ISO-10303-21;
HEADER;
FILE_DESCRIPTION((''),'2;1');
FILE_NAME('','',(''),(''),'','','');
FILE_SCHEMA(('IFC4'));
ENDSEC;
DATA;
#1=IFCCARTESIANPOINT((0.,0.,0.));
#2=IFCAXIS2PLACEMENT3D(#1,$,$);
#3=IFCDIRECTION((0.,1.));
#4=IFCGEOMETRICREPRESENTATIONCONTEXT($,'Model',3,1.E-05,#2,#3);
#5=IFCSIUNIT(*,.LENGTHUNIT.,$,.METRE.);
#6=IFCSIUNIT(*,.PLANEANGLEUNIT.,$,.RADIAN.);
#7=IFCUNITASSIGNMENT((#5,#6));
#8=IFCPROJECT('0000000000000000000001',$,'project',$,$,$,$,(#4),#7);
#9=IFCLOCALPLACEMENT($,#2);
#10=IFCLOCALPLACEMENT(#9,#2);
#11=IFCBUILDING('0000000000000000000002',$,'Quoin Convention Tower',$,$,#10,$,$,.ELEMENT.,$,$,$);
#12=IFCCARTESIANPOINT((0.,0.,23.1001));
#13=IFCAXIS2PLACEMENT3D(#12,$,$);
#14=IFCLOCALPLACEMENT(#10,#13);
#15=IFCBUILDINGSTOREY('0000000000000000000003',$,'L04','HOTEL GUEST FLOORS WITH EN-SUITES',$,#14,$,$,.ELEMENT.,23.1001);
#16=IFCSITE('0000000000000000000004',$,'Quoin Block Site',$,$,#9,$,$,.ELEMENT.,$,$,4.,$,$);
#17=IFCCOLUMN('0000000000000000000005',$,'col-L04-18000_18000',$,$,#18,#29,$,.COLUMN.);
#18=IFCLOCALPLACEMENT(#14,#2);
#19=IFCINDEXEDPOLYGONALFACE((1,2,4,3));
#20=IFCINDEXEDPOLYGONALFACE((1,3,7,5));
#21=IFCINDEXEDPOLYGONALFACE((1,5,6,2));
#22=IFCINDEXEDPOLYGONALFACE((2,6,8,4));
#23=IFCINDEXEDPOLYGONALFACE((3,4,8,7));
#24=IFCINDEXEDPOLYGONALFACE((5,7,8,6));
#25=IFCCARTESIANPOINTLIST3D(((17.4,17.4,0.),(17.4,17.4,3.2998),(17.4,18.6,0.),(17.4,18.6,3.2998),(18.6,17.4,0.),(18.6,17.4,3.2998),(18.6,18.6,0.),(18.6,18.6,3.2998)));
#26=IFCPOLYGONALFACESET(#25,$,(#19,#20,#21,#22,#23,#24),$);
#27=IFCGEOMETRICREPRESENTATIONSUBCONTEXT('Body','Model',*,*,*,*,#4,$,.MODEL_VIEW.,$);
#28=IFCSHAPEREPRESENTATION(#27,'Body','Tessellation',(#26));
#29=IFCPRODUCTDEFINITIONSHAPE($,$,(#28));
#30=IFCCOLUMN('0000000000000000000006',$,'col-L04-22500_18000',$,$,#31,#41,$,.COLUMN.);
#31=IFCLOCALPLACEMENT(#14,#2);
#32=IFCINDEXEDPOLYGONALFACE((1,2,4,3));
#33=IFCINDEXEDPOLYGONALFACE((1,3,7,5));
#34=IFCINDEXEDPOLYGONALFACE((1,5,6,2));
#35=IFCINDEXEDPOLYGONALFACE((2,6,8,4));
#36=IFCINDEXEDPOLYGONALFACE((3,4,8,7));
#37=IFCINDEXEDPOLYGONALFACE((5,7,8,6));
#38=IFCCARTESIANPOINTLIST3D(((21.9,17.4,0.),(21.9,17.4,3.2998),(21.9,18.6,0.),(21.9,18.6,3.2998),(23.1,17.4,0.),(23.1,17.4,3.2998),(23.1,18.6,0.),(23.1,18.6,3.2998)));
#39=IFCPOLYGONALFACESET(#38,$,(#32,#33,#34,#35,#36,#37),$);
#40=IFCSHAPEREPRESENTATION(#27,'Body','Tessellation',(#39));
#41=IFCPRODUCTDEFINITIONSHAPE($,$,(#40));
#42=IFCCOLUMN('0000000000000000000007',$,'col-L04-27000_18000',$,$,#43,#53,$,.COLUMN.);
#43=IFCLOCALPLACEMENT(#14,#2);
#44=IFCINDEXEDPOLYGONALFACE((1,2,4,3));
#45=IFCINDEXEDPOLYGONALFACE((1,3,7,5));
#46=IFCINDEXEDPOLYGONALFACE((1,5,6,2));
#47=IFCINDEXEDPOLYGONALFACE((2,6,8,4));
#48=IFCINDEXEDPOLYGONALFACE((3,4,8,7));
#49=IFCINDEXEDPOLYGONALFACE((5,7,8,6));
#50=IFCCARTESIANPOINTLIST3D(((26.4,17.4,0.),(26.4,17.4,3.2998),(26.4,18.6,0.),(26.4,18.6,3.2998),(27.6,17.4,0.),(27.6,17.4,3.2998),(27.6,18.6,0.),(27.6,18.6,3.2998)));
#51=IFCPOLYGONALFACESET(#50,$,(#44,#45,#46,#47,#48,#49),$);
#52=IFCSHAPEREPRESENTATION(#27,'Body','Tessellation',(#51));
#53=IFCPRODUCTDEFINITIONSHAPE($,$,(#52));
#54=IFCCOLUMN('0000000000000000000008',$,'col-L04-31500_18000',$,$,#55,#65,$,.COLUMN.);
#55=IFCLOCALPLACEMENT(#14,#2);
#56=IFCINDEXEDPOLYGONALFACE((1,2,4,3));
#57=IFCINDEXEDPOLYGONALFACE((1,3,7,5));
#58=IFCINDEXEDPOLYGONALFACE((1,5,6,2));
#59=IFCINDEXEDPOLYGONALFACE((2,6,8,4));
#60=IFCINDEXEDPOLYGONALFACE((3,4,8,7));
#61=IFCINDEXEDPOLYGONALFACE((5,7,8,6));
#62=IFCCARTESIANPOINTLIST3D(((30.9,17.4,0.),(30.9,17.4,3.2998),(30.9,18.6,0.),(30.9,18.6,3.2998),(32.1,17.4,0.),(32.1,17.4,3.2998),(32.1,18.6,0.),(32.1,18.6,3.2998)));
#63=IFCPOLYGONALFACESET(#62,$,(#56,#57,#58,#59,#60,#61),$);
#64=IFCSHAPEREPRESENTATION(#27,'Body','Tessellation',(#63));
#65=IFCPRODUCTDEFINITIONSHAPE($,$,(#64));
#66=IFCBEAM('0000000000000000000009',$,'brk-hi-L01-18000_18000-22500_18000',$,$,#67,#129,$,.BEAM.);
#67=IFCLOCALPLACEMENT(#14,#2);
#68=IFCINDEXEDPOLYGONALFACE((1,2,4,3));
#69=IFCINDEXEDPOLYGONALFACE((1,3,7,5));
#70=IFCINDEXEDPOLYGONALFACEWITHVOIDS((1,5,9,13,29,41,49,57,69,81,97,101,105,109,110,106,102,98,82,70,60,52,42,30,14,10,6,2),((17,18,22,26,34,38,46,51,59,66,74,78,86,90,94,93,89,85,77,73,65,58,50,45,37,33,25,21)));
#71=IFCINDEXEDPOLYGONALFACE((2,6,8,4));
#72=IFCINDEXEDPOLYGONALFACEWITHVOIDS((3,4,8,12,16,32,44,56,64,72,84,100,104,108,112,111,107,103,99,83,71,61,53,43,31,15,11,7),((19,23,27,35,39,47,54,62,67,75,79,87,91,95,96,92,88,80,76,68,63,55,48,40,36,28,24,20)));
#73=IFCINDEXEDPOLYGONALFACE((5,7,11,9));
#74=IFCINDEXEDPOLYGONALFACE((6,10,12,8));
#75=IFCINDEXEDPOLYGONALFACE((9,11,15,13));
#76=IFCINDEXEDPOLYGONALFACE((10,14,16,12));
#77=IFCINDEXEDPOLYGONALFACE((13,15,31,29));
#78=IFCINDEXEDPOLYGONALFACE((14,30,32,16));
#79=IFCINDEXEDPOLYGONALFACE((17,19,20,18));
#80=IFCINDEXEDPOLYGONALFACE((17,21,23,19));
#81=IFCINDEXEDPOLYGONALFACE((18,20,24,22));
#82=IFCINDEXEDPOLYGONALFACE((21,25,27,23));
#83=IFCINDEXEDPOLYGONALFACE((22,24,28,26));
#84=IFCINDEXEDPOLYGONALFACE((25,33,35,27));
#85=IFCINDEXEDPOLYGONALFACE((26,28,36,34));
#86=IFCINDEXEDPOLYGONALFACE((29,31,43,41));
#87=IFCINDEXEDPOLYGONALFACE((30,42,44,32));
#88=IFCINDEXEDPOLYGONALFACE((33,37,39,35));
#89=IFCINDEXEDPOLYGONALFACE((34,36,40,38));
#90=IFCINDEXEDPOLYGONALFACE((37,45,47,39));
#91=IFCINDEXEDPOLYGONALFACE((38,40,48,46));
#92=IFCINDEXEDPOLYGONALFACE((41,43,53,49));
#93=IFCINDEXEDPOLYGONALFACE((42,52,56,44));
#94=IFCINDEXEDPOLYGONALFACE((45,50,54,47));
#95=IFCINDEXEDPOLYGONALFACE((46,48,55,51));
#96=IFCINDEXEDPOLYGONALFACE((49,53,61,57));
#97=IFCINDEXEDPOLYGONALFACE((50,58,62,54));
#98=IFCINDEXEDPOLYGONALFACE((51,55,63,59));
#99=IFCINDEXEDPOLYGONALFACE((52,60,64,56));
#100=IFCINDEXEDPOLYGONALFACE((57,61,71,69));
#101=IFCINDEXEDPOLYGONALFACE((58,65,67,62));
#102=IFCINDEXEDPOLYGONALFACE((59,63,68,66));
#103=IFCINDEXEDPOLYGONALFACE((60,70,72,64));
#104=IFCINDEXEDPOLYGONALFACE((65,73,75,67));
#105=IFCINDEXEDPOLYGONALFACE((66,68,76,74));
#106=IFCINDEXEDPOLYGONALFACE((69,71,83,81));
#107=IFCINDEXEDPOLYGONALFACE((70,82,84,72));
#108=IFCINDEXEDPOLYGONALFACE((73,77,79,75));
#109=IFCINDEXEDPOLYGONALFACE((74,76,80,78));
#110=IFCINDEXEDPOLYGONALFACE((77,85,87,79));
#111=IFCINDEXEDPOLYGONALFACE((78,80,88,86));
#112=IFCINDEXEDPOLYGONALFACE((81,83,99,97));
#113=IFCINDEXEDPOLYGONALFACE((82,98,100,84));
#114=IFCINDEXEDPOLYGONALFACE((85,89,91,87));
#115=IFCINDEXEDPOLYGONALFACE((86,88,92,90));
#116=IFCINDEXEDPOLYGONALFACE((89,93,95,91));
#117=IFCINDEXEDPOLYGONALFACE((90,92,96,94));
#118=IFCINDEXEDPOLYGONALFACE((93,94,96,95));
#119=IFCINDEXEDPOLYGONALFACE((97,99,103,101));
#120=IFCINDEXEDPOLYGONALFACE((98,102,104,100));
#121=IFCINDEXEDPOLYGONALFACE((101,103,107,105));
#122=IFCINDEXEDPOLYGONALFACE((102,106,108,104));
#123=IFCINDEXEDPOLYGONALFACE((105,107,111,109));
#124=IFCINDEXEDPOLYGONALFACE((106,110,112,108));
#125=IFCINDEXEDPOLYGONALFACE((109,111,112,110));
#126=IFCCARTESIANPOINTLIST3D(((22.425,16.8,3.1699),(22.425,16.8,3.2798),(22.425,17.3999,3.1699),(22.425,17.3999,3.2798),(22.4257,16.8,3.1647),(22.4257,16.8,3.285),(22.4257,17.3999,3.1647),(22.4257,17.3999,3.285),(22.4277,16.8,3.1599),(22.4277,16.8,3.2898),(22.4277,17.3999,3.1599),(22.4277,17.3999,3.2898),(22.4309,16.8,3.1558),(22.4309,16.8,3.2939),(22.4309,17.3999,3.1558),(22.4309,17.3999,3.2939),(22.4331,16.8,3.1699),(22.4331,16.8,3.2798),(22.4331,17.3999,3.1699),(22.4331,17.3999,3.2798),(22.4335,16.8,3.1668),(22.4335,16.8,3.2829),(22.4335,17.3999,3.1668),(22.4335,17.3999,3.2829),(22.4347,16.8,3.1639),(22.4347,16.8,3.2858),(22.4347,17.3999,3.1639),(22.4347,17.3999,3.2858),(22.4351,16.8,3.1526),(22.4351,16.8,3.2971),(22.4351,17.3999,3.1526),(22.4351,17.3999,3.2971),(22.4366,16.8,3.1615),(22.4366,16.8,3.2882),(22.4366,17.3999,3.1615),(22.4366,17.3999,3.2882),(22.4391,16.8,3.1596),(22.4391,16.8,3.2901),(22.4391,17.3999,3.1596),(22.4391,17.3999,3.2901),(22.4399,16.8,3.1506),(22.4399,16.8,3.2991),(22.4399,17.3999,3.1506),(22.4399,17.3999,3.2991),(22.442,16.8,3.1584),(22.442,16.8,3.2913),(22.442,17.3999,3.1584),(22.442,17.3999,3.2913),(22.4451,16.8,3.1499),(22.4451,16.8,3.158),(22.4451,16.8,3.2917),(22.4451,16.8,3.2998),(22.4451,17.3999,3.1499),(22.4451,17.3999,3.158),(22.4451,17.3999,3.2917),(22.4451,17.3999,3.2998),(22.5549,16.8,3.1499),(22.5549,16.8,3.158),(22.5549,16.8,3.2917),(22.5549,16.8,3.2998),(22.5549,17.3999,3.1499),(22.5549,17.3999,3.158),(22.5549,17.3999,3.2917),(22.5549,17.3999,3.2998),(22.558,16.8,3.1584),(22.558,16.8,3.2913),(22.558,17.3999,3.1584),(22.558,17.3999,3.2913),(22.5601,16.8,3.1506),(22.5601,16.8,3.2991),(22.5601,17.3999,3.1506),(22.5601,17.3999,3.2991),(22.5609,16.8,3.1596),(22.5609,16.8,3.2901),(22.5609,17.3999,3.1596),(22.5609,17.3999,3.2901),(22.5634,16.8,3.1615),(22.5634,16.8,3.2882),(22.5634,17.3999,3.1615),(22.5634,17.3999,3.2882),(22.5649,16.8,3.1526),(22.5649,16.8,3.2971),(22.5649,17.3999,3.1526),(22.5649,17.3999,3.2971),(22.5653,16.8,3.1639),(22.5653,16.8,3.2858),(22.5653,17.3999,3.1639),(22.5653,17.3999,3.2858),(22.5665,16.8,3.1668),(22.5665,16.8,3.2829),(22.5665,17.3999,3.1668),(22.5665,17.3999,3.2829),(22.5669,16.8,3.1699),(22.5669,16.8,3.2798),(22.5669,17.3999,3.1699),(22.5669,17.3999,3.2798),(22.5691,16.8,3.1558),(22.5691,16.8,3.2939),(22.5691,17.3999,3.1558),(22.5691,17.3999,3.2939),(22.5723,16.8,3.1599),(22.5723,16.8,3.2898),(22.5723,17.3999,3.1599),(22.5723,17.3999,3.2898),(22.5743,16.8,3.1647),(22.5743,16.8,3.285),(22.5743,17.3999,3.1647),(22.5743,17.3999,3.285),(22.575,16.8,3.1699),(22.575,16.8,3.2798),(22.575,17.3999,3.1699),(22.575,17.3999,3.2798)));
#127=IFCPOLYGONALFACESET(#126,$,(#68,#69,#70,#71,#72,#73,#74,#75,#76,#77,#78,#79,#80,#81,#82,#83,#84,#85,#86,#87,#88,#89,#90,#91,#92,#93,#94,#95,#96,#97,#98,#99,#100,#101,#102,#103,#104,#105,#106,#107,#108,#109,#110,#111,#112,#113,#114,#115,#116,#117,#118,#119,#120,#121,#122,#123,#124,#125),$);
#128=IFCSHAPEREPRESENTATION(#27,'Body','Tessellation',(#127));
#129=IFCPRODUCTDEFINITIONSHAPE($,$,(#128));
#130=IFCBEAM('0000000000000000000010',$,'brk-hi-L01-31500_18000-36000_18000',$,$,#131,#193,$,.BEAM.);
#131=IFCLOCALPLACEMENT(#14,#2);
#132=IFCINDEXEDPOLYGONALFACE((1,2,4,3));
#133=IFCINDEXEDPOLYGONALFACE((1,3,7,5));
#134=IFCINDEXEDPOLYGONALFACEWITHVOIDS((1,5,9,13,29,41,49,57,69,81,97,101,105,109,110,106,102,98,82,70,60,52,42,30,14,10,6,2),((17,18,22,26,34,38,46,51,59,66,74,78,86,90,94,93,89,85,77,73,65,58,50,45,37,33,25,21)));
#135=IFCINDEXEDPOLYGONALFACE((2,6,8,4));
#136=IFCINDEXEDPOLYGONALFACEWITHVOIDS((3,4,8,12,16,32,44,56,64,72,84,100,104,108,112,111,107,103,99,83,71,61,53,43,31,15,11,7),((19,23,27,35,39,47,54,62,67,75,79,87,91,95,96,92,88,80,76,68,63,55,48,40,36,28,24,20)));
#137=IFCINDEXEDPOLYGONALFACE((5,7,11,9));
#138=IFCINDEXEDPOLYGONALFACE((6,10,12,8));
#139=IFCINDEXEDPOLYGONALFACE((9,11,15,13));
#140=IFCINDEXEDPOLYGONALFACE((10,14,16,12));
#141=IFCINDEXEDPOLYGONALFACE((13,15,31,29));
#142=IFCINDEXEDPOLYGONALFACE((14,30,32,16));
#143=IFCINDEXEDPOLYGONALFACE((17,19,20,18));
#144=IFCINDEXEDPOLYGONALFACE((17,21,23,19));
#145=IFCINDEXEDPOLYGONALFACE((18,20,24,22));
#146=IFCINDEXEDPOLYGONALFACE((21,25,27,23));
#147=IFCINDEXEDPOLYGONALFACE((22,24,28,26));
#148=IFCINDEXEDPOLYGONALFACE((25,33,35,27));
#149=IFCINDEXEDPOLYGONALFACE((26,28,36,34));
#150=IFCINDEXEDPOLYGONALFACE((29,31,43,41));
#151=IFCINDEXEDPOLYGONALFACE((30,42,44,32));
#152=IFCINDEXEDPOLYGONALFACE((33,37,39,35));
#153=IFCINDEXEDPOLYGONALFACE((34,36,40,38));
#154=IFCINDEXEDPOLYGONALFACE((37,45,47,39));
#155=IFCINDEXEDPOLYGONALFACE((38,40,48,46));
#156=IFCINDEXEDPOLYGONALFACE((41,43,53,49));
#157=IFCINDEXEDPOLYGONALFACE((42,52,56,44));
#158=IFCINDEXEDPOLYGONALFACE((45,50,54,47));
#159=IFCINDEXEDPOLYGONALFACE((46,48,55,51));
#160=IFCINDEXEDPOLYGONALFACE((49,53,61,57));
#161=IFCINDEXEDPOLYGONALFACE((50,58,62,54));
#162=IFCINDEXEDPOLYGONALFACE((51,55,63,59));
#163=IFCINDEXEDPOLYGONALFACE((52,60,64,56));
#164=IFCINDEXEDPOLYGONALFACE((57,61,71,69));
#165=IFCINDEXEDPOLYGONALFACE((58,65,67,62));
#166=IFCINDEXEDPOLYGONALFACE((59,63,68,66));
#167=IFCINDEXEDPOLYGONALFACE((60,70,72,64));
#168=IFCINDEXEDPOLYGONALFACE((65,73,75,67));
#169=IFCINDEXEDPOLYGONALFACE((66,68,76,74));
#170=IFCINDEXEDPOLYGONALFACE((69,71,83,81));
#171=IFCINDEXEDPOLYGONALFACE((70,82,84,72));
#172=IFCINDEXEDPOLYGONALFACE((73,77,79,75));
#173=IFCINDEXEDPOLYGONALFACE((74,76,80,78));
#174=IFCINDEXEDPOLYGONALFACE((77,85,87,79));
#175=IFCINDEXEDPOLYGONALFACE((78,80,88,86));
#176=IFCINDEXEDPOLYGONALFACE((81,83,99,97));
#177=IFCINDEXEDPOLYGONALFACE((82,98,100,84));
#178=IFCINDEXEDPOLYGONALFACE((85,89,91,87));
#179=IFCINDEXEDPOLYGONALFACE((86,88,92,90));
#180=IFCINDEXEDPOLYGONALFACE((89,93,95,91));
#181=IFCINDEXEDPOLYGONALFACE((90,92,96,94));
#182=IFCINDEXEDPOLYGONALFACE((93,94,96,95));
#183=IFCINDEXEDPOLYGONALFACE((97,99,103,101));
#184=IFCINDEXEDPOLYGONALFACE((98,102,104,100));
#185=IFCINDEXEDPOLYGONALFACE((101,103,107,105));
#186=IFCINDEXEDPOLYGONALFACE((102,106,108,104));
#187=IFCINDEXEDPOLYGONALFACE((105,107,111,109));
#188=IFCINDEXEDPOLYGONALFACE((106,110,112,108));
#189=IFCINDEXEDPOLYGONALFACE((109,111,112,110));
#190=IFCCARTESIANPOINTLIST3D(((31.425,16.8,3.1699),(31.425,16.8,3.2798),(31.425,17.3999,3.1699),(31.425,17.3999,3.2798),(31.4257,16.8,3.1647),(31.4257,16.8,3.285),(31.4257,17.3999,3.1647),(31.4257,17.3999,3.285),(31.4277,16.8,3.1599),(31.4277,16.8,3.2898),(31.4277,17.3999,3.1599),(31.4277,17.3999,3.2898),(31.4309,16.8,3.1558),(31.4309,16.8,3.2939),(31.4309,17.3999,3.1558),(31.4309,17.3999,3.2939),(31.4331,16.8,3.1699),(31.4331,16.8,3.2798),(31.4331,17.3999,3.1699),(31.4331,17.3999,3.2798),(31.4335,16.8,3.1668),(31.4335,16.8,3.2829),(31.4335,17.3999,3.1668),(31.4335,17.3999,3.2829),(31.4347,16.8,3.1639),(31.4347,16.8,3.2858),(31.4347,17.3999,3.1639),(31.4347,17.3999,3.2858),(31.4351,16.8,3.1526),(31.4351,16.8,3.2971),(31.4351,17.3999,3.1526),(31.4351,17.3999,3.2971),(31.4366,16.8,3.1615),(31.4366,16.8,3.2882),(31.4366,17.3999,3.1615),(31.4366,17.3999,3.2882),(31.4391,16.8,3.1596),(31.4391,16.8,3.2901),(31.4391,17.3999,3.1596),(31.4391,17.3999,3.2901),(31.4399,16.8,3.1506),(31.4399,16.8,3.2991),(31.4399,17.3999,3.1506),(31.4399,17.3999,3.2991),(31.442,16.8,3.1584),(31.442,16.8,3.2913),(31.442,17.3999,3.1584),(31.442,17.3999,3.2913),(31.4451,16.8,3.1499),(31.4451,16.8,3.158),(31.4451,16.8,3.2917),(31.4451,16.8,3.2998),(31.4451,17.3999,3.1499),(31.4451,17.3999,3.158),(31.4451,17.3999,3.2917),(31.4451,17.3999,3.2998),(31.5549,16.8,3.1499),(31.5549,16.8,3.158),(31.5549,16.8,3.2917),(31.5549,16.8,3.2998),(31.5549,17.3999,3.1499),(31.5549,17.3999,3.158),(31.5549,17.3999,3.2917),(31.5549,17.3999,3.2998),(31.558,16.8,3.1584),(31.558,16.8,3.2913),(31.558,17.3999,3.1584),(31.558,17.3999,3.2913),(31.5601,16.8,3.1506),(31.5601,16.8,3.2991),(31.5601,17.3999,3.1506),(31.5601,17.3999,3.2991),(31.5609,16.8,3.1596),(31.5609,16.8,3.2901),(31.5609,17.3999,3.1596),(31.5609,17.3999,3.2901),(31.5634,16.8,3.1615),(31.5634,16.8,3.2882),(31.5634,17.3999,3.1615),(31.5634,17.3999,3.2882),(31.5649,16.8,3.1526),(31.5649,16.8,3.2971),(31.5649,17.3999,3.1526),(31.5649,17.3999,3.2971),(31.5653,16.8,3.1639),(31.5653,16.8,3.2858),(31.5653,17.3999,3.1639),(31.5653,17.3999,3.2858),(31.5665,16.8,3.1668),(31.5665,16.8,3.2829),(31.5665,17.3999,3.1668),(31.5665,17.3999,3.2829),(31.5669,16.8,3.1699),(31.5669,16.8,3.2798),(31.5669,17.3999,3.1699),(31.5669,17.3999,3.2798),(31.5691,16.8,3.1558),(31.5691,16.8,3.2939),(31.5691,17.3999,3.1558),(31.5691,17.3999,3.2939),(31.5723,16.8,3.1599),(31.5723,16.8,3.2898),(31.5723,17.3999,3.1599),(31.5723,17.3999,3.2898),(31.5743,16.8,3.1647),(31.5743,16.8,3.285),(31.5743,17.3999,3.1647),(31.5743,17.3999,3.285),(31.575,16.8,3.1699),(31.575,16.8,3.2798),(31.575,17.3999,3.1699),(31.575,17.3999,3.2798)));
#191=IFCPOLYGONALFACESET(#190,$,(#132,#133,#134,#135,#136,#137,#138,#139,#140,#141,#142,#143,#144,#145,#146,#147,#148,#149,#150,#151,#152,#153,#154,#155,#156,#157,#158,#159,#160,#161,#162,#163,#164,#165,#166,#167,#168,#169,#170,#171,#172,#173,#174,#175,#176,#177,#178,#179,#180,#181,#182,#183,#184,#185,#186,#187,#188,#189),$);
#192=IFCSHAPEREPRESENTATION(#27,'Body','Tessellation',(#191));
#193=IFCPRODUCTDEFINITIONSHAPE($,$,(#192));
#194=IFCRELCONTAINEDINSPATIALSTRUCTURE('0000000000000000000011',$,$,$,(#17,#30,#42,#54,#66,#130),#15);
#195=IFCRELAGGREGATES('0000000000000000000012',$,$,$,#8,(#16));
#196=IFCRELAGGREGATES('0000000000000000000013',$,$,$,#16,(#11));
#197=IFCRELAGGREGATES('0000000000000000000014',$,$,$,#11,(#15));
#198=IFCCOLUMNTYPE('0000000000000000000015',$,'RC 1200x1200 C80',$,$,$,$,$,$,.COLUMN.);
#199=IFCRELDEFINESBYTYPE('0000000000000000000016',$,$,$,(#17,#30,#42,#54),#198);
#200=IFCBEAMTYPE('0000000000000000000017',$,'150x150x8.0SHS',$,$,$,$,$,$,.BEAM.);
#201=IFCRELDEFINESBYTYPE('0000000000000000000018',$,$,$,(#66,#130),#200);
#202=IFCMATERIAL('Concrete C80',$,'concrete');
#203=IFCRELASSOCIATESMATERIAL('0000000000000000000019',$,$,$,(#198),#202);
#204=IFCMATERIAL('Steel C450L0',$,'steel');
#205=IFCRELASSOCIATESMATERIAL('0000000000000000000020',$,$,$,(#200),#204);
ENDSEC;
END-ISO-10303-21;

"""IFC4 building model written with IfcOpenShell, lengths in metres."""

from ifc_helpers import new_model, si_unit, direction, frame, origin, origin_2d, place, context, subcontext, project, spatial, rectangle, hollow_rectangle, extrude, material, material_profile, profile_set, type_object, element, save


model = new_model("IFC4")

# Units and contexts
model_context = context("Model", 3, precision=1e-05, world=origin(), true_north=direction((0.0, 1.0)))
body_context = subcontext(model_context, "Body", "Model", "MODEL_VIEW")
ifc_project = project(units=[si_unit("LENGTHUNIT", "METRE"), si_unit("PLANEANGLEUNIT", "RADIAN")], contexts=[model_context])

# Site, building, storey
site_placement = place(None, origin())
site = spatial("IfcSite", under=ifc_project, at=site_placement, Name="Quoin Block Site", CompositionType="ELEMENT", RefElevation=4.0)
building_placement = place(site_placement, origin())
building = spatial("IfcBuilding", under=site, at=building_placement, Name="Quoin Convention Tower", CompositionType="ELEMENT")
storey_placement = place(building_placement, frame((0.0, 0.0, 23.1001)))
storey = spatial("IfcBuildingStorey", under=building, at=storey_placement, Name="L04", Description="HOTEL GUEST FLOORS WITH EN-SUITES", CompositionType="ELEMENT", Elevation=23.1001)

# Columns
ifc_material_1 = material(Name="Concrete C80", Category="concrete")
ifc_material_profile_1 = material_profile(ifc_material_1, rectangle(XDim=1.2, YDim=1.2, at=origin_2d()), Name="RC 1200x1200")
ifc_profile_set_1 = profile_set([ifc_material_profile_1], Name="Concrete C80")
column_type = type_object("IfcColumnType", Name="RC 1200x1200 C80", PredefinedType="COLUMN", material=ifc_profile_set_1)
for number, where, z_axis, x_axis, name in (
    (1, (18.0, 18.0, 0.0), (0.0, 0.0, 1.0), (1.0, 0.0, 0.0), "col-L04-18000_18000"),
    (2, (22.5, 18.0, 0.0), (0.0, 0.0, 1.0), (1.0, 0.0, 0.0), "col-L04-22500_18000"),
    (3, (27.0, 18.0, 0.0), (0.0, 0.0, 1.0), (1.0, 0.0, 0.0), "col-L04-27000_18000"),
    (4, (31.5, 18.0, 0.0), (0.0, 0.0, 1.0), (1.0, 0.0, 0.0), "col-L04-31500_18000"),
):
    element("IfcColumn", number, at=place(storey_placement, frame(where, z_axis=z_axis, x_axis=x_axis)), inside=storey, type_object=column_type, Name=name, PredefinedType="COLUMN", context=body_context, shape_type="SweptSolid", body=[
        extrude(rectangle(XDim=1.2, YDim=1.2, at=origin_2d()), origin(), (0.0, 0.0, 1.0), 3.2998),
    ])

# Beams
ifc_material_2 = material(Name="Steel C450L0", Category="steel")
ifc_material_profile_2 = material_profile(ifc_material_2, hollow_rectangle(XDim=0.1499, YDim=0.1499, WallThickness=0.0081, InnerFilletRadius=0.012, OuterFilletRadius=0.02, at=origin_2d()), Name="150x150x8.0SHS")
ifc_profile_set_2 = profile_set([ifc_material_profile_2], Name="Steel C450L0")
beam_type = type_object("IfcBeamType", Name="150x150x8.0SHS", PredefinedType="BEAM", material=ifc_profile_set_2)
for number, where, z_axis, x_axis, name in (
    (5, (22.5, 17.3999, 3.2249), (0.0, -1.0, 0.0), (1.0, 0.0, 0.0), "brk-hi-L01-18000_18000-22500_18000"),
    (6, (31.5, 17.3999, 3.2249), (0.0, -1.0, 0.0), (1.0, 0.0, 0.0), "brk-hi-L01-31500_18000-36000_18000"),
):
    element("IfcBeam", number, at=place(storey_placement, frame(where, z_axis=z_axis, x_axis=x_axis)), inside=storey, type_object=beam_type, Name=name, PredefinedType="BEAM", context=body_context, shape_type="SweptSolid", body=[
        extrude(hollow_rectangle(XDim=0.1499, YDim=0.1499, WallThickness=0.0081, InnerFilletRadius=0.012, OuterFilletRadius=0.02, at=origin_2d()), origin(), (0.0, 0.0, 1.0), 0.5999),
    ])

save(model, "model.ifc")
